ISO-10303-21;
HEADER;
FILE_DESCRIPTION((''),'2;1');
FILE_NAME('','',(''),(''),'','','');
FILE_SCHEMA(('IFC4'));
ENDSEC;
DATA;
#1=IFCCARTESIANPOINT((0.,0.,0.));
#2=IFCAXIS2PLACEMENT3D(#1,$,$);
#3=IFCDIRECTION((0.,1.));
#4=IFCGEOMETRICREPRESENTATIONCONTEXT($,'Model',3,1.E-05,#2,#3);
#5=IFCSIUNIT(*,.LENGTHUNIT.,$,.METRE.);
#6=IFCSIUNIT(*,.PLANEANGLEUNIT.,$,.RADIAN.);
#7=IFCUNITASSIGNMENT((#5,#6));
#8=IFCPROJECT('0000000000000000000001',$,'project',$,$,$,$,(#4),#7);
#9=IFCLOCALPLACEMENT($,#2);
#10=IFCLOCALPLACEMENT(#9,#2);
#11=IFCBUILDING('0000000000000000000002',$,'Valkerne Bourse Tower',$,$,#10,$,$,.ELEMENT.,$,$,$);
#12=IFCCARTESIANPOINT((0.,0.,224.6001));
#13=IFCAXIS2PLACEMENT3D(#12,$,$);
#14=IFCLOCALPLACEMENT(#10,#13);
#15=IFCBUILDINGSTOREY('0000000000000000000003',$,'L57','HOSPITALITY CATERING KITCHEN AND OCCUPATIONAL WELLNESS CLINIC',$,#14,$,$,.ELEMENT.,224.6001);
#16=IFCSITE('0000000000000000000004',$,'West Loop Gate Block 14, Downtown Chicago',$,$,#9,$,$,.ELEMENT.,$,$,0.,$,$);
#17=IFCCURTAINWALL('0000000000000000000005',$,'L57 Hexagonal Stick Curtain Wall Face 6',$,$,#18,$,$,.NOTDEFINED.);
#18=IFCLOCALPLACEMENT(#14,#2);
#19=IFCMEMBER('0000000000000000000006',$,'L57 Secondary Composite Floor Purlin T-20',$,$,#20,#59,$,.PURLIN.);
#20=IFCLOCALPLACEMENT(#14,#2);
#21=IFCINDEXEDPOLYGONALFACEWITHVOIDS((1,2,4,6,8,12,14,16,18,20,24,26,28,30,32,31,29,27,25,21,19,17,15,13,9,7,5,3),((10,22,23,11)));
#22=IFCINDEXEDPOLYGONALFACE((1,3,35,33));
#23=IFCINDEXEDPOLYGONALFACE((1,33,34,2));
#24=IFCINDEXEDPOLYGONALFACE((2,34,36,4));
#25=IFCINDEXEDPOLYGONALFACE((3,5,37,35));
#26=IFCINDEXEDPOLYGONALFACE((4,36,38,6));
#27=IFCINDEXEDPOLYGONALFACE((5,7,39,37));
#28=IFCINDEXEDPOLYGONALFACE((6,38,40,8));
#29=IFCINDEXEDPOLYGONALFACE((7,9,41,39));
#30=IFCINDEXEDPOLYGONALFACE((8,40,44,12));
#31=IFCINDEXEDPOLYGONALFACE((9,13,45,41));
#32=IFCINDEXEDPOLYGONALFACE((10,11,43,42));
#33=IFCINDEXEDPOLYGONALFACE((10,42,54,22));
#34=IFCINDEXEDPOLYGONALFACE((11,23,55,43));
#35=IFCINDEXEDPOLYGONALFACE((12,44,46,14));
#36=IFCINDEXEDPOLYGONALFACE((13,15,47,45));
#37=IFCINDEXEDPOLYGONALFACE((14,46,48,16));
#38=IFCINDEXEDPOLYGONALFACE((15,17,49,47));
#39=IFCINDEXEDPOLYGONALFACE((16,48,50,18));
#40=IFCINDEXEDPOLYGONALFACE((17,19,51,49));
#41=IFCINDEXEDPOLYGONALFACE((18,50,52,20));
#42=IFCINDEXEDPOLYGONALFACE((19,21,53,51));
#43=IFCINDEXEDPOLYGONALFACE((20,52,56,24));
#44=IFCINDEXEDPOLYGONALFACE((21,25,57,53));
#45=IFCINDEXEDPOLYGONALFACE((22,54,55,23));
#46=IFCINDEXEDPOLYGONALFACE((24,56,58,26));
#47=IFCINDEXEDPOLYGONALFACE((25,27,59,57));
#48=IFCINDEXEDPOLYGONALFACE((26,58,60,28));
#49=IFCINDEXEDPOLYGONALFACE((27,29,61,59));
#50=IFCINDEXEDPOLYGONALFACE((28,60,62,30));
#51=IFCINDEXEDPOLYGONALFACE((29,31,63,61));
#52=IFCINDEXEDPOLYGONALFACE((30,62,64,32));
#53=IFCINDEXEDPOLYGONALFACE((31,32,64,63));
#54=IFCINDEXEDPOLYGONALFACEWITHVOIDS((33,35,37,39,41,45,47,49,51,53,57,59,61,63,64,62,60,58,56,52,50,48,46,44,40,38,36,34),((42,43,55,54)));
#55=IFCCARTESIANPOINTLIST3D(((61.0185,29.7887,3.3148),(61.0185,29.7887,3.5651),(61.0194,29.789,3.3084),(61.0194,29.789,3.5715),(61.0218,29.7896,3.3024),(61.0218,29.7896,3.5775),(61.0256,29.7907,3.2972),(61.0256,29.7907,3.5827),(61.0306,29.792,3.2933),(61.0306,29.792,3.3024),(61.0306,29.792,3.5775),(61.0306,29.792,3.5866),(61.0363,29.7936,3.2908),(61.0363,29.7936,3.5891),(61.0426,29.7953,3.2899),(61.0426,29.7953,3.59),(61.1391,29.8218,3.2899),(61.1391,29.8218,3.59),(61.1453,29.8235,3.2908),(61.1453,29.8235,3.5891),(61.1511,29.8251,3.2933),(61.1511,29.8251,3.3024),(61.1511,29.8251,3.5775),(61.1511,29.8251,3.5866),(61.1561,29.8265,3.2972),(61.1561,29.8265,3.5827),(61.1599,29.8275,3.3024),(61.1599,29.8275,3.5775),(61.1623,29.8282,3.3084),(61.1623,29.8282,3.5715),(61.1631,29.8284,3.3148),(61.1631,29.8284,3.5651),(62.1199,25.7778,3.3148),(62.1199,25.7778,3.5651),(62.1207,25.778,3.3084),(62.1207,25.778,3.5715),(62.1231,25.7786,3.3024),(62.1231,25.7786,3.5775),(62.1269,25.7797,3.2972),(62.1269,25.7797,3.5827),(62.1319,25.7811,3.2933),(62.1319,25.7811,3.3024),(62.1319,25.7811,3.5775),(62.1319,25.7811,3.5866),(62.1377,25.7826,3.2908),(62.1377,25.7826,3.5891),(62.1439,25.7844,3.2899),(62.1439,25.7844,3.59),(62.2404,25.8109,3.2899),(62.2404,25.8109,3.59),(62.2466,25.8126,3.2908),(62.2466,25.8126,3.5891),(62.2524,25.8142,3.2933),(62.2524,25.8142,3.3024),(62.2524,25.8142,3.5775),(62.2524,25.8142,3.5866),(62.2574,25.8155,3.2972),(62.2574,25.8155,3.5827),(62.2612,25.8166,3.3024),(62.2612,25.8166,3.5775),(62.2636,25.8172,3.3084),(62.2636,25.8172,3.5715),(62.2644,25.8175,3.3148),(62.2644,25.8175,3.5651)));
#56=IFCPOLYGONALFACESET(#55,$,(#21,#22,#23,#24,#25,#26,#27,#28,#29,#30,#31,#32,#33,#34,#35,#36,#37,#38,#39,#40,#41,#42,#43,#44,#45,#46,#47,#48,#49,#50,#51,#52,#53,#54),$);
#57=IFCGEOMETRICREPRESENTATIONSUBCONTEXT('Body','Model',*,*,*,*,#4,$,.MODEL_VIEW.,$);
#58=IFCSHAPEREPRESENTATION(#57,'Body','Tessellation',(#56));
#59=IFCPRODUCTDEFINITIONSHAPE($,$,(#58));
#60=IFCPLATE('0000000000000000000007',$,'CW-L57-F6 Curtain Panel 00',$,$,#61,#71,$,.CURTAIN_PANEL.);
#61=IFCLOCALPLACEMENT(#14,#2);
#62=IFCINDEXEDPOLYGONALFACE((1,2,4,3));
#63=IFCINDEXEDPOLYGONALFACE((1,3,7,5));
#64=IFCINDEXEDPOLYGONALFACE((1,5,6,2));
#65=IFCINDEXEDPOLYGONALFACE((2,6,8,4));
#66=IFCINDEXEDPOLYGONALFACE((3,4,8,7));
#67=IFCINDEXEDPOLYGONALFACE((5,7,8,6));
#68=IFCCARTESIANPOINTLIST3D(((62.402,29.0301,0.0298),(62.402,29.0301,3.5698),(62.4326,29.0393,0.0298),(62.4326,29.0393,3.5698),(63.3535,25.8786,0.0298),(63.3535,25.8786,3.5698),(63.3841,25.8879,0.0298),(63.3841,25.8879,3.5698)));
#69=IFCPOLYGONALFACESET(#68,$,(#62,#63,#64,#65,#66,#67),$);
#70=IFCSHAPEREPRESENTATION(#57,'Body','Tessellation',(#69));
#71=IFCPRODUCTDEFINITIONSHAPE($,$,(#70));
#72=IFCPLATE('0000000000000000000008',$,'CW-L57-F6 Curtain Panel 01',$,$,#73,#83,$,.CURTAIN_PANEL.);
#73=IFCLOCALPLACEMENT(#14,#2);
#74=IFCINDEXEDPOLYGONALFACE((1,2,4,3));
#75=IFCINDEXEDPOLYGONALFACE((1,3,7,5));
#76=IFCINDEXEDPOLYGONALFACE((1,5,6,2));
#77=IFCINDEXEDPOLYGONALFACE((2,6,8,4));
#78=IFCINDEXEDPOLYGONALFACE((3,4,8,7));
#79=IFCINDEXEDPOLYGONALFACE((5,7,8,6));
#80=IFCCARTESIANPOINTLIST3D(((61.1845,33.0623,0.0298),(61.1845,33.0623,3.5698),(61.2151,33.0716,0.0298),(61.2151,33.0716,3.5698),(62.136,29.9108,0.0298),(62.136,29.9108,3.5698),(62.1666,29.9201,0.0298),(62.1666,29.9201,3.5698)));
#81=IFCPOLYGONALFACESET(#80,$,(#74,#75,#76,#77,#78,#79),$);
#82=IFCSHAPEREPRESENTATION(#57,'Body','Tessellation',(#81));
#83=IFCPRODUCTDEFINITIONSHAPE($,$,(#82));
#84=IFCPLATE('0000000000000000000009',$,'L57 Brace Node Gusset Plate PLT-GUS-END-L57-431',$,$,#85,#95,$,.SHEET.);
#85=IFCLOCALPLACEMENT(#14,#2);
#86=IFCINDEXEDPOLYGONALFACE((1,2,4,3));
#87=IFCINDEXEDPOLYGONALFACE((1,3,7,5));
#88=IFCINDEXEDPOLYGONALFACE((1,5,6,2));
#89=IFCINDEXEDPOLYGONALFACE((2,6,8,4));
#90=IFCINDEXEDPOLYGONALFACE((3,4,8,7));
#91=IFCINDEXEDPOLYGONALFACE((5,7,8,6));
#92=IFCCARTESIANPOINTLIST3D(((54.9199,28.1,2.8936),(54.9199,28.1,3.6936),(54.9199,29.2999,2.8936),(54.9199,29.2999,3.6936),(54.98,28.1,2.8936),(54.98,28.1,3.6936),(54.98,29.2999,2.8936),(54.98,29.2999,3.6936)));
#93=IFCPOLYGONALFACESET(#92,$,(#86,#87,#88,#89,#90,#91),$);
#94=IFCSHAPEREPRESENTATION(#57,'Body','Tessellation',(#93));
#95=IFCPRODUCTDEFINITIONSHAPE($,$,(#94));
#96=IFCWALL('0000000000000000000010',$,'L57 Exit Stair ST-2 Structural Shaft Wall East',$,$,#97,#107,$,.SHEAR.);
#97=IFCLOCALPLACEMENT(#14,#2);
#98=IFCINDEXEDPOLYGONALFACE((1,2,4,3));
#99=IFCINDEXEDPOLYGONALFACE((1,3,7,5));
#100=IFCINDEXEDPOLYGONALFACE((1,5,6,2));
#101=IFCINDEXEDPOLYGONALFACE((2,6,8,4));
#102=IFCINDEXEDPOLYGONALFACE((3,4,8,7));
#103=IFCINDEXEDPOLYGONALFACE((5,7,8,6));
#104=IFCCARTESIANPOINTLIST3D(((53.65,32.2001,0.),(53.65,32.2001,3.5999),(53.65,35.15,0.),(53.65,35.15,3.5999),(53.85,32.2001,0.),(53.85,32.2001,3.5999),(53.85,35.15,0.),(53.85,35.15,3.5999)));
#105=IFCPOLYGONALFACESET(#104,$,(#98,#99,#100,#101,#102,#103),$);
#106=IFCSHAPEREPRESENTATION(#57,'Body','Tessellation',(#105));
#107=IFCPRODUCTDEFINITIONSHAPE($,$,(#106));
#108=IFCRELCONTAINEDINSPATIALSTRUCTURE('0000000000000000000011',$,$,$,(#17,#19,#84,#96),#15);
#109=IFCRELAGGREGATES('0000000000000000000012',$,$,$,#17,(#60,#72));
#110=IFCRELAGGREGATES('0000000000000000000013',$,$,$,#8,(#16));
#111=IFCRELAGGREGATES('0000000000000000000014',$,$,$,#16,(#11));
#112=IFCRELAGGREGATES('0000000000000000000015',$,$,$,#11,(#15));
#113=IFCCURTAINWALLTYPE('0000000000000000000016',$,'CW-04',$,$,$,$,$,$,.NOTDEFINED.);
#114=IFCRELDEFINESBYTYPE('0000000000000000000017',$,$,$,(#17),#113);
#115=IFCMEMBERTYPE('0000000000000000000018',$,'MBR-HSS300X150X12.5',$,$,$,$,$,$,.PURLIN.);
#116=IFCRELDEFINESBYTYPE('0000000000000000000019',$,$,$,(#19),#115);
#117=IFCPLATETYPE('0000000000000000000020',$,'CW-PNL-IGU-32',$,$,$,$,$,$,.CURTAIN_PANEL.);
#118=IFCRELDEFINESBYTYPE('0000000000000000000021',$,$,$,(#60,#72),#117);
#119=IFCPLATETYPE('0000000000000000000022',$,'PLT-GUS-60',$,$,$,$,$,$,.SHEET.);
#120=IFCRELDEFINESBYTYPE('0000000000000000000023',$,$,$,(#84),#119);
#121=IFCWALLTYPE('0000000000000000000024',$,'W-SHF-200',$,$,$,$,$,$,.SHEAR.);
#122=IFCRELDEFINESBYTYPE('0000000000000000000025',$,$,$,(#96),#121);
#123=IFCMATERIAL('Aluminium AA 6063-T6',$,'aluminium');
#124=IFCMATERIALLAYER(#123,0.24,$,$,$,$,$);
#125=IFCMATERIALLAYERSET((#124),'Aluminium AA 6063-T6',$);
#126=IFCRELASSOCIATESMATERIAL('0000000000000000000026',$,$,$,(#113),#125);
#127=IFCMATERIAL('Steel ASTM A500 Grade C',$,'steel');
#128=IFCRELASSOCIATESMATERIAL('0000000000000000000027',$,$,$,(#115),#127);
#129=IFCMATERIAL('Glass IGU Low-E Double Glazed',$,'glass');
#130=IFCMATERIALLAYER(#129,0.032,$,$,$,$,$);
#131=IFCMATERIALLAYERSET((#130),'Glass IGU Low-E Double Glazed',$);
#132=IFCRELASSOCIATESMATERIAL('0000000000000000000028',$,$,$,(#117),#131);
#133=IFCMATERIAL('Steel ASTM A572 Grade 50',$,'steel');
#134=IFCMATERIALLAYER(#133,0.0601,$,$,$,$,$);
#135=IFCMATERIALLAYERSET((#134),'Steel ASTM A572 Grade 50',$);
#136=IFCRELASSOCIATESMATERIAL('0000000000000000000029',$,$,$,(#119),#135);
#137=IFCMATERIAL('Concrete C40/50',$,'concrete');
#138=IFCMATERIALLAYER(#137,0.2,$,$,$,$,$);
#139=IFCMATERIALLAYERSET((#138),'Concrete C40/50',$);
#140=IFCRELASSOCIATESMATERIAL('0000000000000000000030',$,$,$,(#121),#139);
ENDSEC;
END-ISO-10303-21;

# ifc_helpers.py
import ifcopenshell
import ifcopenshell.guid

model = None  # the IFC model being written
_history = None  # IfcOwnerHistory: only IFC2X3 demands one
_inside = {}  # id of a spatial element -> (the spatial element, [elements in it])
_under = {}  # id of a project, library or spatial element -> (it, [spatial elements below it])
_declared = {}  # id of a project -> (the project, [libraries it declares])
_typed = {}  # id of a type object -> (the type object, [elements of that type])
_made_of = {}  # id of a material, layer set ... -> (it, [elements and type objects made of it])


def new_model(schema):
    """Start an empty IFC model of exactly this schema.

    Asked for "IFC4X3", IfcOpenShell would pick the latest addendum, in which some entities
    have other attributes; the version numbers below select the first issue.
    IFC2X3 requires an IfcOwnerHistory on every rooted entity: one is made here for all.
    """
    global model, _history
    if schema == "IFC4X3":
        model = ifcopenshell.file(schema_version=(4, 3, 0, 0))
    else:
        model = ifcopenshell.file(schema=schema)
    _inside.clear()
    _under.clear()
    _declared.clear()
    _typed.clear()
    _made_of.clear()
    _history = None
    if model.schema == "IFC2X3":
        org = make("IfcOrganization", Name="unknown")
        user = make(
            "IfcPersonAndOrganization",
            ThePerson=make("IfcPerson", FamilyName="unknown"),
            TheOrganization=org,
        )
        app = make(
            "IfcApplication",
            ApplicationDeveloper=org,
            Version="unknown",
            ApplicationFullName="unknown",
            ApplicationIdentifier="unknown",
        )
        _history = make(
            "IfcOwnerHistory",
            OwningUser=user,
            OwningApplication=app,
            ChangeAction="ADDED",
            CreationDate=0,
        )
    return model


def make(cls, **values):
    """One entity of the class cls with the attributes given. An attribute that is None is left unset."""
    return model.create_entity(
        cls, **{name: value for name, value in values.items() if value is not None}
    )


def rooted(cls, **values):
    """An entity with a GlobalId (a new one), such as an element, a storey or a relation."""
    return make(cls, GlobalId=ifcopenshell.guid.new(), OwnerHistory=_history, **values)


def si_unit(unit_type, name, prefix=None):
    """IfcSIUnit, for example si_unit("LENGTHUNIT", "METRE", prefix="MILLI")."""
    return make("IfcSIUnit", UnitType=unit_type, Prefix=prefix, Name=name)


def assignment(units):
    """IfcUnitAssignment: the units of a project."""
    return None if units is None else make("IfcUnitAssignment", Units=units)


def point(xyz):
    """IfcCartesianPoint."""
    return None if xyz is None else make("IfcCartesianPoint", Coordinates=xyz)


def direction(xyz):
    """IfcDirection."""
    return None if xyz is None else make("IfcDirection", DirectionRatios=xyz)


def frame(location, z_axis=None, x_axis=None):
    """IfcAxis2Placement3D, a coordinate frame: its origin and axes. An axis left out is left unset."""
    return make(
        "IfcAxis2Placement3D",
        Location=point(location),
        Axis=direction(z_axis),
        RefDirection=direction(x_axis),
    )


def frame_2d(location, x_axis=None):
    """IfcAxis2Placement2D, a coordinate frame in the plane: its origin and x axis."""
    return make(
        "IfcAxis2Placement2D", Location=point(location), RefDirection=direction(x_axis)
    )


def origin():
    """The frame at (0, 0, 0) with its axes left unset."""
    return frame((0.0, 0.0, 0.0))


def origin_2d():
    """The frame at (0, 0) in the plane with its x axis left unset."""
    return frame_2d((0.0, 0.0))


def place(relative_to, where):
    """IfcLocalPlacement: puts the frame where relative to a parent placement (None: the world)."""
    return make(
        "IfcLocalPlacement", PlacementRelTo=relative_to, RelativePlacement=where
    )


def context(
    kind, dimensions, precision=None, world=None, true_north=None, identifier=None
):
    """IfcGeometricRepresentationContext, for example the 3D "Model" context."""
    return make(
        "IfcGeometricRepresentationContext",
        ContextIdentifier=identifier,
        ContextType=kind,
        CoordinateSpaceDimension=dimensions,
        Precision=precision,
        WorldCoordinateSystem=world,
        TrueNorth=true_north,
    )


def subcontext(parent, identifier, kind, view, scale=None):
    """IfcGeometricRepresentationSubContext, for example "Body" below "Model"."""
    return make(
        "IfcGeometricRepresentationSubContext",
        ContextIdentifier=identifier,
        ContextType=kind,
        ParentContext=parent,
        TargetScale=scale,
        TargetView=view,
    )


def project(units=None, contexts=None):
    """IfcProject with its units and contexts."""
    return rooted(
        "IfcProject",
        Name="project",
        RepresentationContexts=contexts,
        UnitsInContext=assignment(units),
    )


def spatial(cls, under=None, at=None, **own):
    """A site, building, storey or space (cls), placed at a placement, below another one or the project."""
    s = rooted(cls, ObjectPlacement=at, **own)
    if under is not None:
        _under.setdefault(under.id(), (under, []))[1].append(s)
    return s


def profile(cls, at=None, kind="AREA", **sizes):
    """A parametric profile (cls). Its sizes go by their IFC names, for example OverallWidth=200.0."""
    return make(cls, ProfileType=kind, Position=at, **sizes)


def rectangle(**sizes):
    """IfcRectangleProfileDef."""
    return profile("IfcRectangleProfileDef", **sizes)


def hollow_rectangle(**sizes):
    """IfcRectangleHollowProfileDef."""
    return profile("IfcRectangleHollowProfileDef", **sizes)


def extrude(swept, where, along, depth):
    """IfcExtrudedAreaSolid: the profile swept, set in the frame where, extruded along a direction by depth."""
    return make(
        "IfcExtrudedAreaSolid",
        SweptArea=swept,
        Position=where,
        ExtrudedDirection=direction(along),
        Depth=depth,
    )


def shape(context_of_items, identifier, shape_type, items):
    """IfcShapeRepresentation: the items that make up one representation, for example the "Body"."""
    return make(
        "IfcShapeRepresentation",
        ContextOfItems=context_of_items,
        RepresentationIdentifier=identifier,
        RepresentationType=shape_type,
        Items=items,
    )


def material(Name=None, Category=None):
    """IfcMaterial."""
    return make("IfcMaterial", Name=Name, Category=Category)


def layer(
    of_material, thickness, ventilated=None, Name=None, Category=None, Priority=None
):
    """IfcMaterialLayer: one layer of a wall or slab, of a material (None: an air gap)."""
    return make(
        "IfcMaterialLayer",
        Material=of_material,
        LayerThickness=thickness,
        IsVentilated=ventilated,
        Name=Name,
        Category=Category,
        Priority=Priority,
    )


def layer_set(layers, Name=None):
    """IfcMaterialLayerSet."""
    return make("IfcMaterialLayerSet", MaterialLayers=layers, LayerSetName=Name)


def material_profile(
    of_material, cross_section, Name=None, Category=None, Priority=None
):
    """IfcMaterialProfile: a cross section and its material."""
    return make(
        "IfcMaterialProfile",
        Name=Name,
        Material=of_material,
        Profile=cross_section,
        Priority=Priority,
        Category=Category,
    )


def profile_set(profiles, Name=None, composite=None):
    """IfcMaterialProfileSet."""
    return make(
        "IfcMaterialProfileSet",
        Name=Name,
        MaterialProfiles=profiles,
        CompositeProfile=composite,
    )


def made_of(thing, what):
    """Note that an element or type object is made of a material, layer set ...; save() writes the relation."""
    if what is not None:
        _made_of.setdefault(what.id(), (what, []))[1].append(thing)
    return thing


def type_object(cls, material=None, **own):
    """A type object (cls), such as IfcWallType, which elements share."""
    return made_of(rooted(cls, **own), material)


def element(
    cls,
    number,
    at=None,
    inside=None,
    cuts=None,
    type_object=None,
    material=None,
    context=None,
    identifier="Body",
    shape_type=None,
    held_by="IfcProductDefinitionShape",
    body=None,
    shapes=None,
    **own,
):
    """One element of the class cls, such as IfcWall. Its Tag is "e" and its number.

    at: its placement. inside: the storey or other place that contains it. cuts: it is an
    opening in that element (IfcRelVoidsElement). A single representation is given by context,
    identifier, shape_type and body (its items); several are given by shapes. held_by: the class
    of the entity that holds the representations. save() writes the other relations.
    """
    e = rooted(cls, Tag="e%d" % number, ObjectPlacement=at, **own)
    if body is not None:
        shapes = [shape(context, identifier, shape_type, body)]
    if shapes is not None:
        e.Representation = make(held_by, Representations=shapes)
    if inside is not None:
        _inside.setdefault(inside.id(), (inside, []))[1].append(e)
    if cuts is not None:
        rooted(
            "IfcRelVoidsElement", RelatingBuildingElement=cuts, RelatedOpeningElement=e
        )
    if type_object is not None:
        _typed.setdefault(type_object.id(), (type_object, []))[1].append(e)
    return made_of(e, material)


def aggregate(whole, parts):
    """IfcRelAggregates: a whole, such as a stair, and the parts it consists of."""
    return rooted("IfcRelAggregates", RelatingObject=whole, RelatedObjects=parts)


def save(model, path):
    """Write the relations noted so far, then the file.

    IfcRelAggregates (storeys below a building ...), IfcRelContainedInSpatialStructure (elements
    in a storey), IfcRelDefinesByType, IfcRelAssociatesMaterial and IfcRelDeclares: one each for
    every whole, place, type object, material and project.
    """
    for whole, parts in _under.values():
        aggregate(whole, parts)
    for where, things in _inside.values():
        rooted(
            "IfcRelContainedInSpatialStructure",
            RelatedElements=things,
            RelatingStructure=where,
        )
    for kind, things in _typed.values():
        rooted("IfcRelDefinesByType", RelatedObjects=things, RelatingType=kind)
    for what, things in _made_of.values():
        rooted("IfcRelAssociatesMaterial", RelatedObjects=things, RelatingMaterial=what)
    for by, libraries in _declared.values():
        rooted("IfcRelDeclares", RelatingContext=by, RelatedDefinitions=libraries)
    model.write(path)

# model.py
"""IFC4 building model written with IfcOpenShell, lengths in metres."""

from ifc_helpers import new_model, si_unit, direction, frame, frame_2d, origin, origin_2d, place, context, subcontext, project, spatial, rectangle, hollow_rectangle, extrude, material, layer, layer_set, material_profile, profile_set, type_object, element, aggregate, save


model = new_model("IFC4")

# Units and contexts
model_context = context("Model", 3, precision=1e-05, world=origin(), true_north=direction((0.0, 1.0)))
body_context = subcontext(model_context, "Body", "Model", "MODEL_VIEW")
ifc_project = project(units=[si_unit("LENGTHUNIT", "METRE"), si_unit("PLANEANGLEUNIT", "RADIAN")], contexts=[model_context])

# Site, building, storey
site_placement = place(None, origin())
site = spatial("IfcSite", under=ifc_project, at=site_placement, Name="West Loop Gate Block 14, Downtown Chicago", CompositionType="ELEMENT", RefElevation=0.0)
building_placement = place(site_placement, origin())
building = spatial("IfcBuilding", under=site, at=building_placement, Name="Valkerne Bourse Tower", CompositionType="ELEMENT")
storey_placement = place(building_placement, frame((0.0, 0.0, 224.6001)))
storey = spatial("IfcBuildingStorey", under=building, at=storey_placement, Name="L57", Description="HOSPITALITY CATERING KITCHEN AND OCCUPATIONAL WELLNESS CLINIC", CompositionType="ELEMENT", Elevation=224.6001)

# Curtain wall
ifc_material_1 = material(Name="Aluminium AA 6063-T6", Category="aluminium")
ifc_layer_1 = layer(ifc_material_1, 0.24)
ifc_layer_set_1 = layer_set([ifc_layer_1], Name="Aluminium AA 6063-T6")
curtain_wall_type = type_object("IfcCurtainWallType", Name="CW-04", PredefinedType="NOTDEFINED", material=ifc_layer_set_1)
curtain_wall_placement = place(storey_placement, origin())
curtain_wall = element("IfcCurtainWall", 1, at=curtain_wall_placement, inside=storey, type_object=curtain_wall_type, Name="L57 Hexagonal Stick Curtain Wall Face 6", PredefinedType="NOTDEFINED")

# Member
ifc_material_2 = material(Name="Steel ASTM A500 Grade C", Category="steel")
ifc_material_profile_1 = material_profile(ifc_material_2, hollow_rectangle(XDim=0.1499, YDim=0.3, WallThickness=0.0125, OuterFilletRadius=0.0249, at=origin_2d()), Name="HSS300X150X12.5")
ifc_profile_set_1 = profile_set([ifc_material_profile_1], Name="Steel ASTM A500 Grade C")
member_type_1 = type_object("IfcMemberType", Name="MBR-HSS300X150X12.5", PredefinedType="PURLIN", material=ifc_profile_set_1)
member_1_placement = place(storey_placement, frame((62.1921, 25.7976, 3.4399), z_axis=(-0.264776, 0.96431, 0.0), x_axis=(-0.96431, -0.264776, 0.0)))
element("IfcMember", 2, at=member_1_placement, inside=storey, type_object=member_type_1, Name="L57 Secondary Composite Floor Purlin T-20", PredefinedType="PURLIN", context=body_context, shape_type="SweptSolid", body=[
    extrude(hollow_rectangle(XDim=0.1499, YDim=0.3, WallThickness=0.0125, OuterFilletRadius=0.0249, at=origin_2d()), origin(), (0.0, 0.0, 1.0), 4.1594),
])

# Plates
ifc_material_3 = material(Name="Glass IGU Low-E Double Glazed", Category="glass")
ifc_layer_2 = layer(ifc_material_3, 0.032)
ifc_layer_set_2 = layer_set([ifc_layer_2], Name="Glass IGU Low-E Double Glazed")
plate_type_1 = type_object("IfcPlateType", Name="CW-PNL-IGU-32", PredefinedType="CURTAIN_PANEL", material=ifc_layer_set_2)
plate_1_placement = place(storey_placement, frame((62.8931, 27.459, 0.0298), z_axis=(0.0, 0.0, 1.0), x_axis=(-0.289033, 0.957319, 0.0)))
plate_1 = element("IfcPlate", 3, at=plate_1_placement, type_object=plate_type_1, Name="CW-L57-F6 Curtain Panel 00", PredefinedType="CURTAIN_PANEL", context=body_context, shape_type="SweptSolid", body=[
    extrude(rectangle(XDim=3.292, YDim=0.032, at=origin_2d()), origin(), (0.0, 0.0, 1.0), 3.54),
])
plate_2_placement = place(storey_placement, frame((61.6755, 31.4912, 0.0298), z_axis=(0.0, 0.0, 1.0), x_axis=(-0.289033, 0.957319, 0.0)))
plate_2 = element("IfcPlate", 4, at=plate_2_placement, type_object=plate_type_1, Name="CW-L57-F6 Curtain Panel 01", PredefinedType="CURTAIN_PANEL", context=body_context, shape_type="SweptSolid", body=[
    extrude(rectangle(XDim=3.292, YDim=0.032, at=origin_2d()), origin(), (0.0, 0.0, 1.0), 3.54),
])
aggregate(curtain_wall, [plate_1, plate_2])
ifc_material_4 = material(Name="Steel ASTM A572 Grade 50", Category="steel")
ifc_layer_3 = layer(ifc_material_4, 0.0601)
ifc_layer_set_3 = layer_set([ifc_layer_3], Name="Steel ASTM A572 Grade 50")
plate_type_2 = type_object("IfcPlateType", Name="PLT-GUS-60", PredefinedType="SHEET", material=ifc_layer_set_3)
plate_3_placement = place(storey_placement, frame((54.95, 28.7, 2.8936), z_axis=(0.0, 0.0, 1.0), x_axis=(0.0, 1.0, 0.0)))
element("IfcPlate", 5, at=plate_3_placement, inside=storey, type_object=plate_type_2, Name="L57 Brace Node Gusset Plate PLT-GUS-END-L57-431", PredefinedType="SHEET", context=body_context, shape_type="SweptSolid", body=[
    extrude(rectangle(XDim=1.2, YDim=0.0601, at=origin_2d()), origin(), (0.0, 0.0, 1.0), 0.8),
])

# Wall
ifc_material_5 = material(Name="Concrete C40/50", Category="concrete")
ifc_layer_4 = layer(ifc_material_5, 0.2)
ifc_layer_set_4 = layer_set([ifc_layer_4], Name="Concrete C40/50")
wall_type = type_object("IfcWallType", Name="W-SHF-200", PredefinedType="SHEAR", material=ifc_layer_set_4)
wall_placement = place(storey_placement, frame((53.75, 32.2, 0.0), z_axis=(0.0, 0.0, 1.0), x_axis=(0.0, 1.0, 0.0)))
element("IfcWall", 6, at=wall_placement, inside=storey, type_object=wall_type, Name="L57 Exit Stair ST-2 Structural Shaft Wall East", PredefinedType="SHEAR", context=body_context, shape_type="SweptSolid", body=[
    extrude(rectangle(XDim=2.95, YDim=0.2, at=frame_2d((1.4751, 0.0))), origin(), (0.0, 0.0, 1.0), 3.5999),
])

save(model, "model.ifc")
